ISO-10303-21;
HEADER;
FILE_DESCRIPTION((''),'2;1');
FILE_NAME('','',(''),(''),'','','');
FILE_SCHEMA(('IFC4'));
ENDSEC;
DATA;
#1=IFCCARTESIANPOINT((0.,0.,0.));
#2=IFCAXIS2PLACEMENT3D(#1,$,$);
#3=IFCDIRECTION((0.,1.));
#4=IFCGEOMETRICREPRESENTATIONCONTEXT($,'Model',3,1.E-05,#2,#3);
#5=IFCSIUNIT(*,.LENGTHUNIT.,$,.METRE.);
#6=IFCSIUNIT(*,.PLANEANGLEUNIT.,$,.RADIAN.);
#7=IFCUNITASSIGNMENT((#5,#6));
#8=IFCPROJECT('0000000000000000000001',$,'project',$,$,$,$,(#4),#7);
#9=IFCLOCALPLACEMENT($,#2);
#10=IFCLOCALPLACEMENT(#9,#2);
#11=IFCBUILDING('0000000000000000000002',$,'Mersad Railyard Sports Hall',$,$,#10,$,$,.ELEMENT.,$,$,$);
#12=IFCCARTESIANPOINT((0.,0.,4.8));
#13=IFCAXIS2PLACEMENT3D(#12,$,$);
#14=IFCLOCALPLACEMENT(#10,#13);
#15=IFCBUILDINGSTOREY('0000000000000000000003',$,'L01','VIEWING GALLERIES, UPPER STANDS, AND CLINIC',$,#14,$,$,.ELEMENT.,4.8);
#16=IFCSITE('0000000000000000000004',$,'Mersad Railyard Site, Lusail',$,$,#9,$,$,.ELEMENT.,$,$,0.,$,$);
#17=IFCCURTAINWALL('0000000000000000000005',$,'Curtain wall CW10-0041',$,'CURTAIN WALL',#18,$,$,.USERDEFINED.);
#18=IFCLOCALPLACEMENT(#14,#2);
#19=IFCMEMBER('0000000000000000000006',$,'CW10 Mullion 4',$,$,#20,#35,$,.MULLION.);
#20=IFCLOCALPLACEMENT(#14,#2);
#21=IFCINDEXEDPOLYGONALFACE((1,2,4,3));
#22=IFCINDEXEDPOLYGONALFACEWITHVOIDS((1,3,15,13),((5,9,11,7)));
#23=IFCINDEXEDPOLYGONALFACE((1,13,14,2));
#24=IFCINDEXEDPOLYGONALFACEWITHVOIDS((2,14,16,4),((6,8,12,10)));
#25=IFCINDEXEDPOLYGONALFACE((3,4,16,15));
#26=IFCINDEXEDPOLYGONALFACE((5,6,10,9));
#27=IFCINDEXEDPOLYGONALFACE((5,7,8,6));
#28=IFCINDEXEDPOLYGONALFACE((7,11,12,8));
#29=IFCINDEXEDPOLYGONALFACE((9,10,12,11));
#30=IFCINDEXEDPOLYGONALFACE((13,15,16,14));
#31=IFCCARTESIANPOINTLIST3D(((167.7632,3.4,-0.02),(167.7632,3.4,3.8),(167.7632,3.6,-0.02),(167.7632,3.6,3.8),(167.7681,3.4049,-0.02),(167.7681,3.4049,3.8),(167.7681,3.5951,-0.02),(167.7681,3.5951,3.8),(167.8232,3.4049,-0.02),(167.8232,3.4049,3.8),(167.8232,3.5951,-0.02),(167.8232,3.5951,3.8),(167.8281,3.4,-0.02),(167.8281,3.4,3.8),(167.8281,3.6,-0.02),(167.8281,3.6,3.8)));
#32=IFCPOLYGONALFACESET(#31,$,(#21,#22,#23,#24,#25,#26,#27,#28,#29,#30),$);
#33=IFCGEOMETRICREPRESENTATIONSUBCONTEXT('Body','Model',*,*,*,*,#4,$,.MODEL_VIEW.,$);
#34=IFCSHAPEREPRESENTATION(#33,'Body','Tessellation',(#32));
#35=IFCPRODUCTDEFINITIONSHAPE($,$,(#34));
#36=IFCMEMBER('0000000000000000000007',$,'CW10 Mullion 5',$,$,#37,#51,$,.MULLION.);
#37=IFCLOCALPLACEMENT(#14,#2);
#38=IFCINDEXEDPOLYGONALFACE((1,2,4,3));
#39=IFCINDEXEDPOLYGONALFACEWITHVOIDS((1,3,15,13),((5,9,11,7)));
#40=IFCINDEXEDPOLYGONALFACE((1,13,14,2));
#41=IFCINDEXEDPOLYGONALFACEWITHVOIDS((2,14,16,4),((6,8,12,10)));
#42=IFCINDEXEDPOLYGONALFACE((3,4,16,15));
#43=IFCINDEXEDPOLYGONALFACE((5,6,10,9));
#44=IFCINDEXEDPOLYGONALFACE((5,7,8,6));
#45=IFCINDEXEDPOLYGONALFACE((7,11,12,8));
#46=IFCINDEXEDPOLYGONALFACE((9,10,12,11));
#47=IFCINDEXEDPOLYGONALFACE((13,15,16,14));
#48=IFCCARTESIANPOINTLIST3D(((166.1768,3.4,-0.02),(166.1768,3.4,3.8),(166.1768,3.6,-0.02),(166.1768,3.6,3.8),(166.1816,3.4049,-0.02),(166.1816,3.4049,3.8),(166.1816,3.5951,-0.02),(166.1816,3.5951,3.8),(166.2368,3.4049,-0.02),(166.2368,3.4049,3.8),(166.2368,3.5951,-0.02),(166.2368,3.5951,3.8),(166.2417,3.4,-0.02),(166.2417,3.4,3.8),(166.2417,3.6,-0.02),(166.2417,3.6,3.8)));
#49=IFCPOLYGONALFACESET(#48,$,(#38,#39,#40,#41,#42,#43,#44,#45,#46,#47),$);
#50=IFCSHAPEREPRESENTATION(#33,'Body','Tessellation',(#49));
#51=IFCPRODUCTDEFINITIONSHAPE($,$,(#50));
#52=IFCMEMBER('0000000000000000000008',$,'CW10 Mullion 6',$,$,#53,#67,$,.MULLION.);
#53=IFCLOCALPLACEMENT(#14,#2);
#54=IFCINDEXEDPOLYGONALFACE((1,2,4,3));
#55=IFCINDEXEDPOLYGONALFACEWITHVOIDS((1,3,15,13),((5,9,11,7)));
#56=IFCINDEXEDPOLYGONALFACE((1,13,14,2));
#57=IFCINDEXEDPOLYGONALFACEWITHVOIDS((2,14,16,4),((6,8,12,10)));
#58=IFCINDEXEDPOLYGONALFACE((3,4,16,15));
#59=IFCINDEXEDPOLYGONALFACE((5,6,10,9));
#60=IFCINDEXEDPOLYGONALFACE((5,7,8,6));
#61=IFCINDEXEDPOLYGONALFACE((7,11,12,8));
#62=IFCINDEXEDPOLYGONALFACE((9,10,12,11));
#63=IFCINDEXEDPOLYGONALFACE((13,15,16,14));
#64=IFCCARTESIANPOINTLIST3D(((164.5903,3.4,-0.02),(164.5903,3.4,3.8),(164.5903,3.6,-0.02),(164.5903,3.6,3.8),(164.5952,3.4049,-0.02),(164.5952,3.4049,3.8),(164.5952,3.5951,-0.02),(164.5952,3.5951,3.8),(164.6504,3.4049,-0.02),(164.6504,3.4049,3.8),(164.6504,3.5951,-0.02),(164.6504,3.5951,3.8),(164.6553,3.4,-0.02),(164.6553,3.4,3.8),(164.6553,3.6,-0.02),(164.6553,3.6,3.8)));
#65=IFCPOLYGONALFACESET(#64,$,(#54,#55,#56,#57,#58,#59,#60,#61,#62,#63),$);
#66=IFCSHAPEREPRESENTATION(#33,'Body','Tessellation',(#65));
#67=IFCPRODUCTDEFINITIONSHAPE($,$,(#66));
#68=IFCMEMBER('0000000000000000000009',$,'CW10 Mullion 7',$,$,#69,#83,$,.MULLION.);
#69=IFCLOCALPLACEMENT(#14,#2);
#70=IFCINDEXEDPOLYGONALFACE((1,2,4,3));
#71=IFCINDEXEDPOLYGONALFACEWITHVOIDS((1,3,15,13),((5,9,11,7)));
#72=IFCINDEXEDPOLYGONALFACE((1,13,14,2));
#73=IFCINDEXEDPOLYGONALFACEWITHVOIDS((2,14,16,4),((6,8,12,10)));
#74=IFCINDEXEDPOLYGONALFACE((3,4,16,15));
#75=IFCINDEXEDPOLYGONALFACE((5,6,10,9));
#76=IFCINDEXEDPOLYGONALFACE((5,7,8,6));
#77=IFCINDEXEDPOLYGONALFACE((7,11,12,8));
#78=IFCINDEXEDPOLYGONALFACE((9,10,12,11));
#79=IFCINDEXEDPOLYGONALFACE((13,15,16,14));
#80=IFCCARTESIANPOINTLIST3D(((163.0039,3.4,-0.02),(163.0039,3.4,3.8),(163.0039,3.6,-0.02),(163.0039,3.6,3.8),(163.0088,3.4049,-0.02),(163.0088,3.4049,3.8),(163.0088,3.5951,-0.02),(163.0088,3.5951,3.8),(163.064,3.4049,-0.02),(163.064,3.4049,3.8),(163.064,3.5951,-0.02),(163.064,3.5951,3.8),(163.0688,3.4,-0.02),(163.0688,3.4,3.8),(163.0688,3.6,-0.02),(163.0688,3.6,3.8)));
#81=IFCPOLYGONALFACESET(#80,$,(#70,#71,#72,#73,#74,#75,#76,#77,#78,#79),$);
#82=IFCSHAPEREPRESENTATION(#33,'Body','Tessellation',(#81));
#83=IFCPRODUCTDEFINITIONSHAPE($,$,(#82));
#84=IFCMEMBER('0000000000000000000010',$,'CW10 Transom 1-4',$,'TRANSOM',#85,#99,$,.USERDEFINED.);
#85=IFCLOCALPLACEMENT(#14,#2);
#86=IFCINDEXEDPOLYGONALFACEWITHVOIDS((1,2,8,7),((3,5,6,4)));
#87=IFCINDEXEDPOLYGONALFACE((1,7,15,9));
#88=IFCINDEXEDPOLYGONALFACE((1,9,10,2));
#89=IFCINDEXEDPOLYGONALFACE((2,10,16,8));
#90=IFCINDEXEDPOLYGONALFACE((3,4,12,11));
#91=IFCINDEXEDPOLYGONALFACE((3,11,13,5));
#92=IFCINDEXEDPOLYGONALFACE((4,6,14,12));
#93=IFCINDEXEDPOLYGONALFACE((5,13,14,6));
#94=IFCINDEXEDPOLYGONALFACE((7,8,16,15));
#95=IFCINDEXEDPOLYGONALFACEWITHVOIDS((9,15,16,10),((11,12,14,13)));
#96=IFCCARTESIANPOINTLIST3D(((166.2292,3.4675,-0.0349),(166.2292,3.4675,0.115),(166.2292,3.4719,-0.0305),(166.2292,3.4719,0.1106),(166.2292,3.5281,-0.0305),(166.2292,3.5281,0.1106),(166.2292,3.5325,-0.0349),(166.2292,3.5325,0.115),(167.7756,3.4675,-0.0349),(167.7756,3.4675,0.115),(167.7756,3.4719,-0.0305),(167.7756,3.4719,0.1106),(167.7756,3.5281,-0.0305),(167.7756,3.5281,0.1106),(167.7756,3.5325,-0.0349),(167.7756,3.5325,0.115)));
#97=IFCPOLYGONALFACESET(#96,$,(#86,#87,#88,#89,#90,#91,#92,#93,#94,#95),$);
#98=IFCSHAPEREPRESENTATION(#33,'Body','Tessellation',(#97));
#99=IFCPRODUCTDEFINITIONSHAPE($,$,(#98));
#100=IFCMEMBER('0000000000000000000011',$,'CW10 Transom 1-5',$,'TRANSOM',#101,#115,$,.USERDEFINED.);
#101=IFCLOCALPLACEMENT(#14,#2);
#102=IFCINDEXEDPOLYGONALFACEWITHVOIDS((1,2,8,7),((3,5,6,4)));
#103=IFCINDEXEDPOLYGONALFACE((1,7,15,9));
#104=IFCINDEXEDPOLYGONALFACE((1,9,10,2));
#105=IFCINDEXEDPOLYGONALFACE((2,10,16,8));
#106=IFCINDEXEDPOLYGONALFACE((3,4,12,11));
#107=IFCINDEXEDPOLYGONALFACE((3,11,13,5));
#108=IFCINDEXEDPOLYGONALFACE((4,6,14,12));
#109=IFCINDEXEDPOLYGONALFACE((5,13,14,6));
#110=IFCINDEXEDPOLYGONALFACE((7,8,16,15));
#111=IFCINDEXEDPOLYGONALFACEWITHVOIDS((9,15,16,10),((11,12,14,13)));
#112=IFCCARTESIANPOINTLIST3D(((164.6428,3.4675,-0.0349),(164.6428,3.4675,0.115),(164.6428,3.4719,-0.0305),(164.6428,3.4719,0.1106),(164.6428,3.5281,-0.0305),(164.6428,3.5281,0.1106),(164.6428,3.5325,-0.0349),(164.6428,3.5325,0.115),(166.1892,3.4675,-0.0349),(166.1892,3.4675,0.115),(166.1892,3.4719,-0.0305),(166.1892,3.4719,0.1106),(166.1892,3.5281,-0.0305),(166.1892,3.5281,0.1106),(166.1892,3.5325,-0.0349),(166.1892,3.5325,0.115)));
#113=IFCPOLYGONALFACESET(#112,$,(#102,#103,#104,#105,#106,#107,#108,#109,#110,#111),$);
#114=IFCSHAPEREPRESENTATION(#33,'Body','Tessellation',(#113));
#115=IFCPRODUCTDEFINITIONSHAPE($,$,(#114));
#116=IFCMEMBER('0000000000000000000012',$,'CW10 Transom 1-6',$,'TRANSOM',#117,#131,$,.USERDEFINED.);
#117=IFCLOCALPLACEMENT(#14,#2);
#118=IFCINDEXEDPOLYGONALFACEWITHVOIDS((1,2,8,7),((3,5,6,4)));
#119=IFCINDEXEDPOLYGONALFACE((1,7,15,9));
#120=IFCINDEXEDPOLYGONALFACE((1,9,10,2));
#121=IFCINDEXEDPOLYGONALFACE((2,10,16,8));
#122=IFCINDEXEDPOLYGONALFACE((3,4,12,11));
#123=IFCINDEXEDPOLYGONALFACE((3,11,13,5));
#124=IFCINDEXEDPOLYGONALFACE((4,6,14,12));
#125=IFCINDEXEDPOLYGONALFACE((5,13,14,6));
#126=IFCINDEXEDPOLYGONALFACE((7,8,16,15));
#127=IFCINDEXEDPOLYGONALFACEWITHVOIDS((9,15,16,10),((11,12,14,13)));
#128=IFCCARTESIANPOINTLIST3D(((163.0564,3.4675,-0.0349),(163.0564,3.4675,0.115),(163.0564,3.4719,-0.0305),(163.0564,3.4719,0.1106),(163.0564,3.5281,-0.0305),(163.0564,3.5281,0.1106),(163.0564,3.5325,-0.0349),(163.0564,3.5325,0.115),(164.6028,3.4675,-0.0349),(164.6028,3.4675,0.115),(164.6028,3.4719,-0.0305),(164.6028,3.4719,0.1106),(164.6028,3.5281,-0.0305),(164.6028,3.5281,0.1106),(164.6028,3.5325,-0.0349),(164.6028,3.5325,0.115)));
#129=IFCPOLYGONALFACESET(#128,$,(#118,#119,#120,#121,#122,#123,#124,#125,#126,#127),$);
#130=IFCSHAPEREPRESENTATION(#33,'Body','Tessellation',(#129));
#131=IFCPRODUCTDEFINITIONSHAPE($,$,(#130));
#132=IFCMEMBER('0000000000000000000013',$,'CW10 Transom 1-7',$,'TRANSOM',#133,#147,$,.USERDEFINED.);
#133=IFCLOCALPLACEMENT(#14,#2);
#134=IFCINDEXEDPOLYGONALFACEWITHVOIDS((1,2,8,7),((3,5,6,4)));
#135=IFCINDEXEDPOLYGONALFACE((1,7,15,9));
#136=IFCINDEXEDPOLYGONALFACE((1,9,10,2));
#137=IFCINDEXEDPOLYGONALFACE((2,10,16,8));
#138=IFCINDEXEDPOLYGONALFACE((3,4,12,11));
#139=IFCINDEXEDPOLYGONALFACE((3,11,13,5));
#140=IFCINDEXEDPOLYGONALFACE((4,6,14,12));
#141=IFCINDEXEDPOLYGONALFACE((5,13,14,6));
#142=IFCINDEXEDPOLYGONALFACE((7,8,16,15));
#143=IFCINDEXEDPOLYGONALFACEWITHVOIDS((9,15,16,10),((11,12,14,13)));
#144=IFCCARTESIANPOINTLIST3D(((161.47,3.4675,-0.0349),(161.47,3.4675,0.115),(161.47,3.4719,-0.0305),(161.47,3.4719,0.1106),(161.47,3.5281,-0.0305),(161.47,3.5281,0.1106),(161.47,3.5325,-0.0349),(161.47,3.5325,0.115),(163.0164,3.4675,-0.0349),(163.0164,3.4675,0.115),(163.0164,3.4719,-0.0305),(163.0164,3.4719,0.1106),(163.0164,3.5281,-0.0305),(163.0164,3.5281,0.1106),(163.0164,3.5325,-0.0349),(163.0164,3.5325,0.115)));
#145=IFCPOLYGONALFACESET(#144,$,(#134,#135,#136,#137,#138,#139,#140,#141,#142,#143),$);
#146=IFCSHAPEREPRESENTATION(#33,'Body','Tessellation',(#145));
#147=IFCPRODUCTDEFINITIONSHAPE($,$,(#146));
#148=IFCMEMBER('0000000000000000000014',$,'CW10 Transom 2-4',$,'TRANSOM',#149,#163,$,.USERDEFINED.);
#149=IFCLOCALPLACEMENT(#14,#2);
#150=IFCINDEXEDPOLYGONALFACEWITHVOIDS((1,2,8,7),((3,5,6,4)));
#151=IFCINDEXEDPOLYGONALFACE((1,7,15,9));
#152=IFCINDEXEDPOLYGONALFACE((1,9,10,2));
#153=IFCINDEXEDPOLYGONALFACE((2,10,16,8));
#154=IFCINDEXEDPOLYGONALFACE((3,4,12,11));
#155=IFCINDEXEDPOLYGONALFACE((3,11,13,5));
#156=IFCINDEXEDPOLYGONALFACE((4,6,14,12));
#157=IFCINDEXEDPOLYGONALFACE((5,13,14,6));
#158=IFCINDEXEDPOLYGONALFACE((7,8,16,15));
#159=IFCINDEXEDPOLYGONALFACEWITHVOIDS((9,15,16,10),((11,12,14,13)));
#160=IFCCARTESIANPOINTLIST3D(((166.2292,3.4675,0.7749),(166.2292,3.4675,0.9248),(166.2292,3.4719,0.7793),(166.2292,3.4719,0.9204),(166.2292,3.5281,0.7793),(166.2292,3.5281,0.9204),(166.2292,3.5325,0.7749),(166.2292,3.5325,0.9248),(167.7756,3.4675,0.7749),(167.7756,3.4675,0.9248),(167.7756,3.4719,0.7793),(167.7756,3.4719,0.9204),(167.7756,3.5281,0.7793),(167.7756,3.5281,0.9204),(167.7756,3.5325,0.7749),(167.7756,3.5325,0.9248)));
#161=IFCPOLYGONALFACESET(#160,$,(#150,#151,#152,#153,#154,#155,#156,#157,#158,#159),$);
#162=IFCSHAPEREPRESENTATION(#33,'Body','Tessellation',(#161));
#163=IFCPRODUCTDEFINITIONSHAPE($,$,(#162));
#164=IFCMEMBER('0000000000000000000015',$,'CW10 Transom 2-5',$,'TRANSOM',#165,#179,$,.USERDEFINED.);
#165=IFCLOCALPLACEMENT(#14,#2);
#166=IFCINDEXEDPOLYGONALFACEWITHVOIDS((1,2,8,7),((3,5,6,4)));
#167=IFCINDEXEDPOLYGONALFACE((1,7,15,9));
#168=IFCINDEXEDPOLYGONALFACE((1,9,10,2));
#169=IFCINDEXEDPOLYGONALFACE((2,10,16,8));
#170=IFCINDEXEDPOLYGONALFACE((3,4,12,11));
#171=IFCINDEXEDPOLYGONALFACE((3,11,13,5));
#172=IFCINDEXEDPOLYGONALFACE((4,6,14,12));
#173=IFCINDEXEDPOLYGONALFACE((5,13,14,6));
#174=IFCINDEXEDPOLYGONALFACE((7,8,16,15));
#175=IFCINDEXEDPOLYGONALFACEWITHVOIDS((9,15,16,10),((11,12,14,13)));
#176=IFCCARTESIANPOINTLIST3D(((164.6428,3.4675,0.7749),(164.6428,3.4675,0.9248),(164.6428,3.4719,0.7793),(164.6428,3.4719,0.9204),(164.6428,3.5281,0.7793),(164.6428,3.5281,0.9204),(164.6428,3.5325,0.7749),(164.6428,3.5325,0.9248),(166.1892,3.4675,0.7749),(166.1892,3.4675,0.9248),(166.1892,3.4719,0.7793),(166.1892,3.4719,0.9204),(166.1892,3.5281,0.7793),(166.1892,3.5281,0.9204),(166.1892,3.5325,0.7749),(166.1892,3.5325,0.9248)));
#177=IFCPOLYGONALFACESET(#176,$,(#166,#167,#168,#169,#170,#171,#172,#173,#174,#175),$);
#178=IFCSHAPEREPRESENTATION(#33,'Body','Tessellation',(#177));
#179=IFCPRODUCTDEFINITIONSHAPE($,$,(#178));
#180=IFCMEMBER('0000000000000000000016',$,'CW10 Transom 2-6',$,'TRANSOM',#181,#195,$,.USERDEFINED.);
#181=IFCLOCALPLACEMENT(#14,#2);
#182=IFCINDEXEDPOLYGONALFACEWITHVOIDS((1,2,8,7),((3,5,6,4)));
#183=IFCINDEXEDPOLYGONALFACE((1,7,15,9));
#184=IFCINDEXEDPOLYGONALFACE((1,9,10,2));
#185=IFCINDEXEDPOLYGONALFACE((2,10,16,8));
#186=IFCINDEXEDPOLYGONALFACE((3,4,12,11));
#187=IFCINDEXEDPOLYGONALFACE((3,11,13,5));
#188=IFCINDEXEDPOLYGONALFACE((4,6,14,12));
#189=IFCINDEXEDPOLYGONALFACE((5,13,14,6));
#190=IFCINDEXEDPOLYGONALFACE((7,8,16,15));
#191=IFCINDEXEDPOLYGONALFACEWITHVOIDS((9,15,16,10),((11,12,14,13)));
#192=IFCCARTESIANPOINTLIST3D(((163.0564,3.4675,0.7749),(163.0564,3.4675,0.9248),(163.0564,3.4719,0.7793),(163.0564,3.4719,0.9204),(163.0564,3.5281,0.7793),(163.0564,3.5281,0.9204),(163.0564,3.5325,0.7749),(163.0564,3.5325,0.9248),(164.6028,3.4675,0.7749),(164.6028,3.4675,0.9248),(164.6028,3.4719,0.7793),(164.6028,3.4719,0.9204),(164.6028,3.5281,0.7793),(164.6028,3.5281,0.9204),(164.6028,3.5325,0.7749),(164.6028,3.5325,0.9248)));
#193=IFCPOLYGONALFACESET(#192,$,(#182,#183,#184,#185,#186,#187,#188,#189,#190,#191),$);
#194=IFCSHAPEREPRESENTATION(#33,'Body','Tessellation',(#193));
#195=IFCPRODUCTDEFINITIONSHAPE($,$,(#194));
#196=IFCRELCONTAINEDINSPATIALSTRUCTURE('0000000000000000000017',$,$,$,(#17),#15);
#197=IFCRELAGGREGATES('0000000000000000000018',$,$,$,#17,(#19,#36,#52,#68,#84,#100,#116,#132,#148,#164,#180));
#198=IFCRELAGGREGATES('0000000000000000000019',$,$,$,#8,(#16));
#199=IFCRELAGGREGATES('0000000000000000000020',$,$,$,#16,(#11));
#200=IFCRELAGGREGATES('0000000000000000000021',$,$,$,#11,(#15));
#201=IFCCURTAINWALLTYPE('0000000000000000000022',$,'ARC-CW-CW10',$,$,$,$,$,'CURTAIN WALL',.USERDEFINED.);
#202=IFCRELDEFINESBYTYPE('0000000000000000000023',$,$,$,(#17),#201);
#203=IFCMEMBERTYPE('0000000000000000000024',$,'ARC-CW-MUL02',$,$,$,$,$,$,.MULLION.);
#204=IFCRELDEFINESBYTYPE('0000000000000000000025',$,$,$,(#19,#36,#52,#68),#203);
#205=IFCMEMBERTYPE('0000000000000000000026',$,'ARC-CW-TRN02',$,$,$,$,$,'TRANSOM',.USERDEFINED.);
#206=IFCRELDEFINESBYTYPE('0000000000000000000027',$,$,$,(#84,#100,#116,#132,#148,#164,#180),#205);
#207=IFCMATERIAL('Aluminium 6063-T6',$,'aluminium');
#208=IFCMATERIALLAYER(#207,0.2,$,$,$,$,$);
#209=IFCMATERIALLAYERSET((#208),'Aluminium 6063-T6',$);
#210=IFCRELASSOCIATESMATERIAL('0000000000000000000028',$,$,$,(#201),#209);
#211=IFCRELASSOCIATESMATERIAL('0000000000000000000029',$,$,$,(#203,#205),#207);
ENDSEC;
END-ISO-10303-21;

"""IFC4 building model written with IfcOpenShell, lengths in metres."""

from ifc_helpers import new_model, si_unit, direction, frame, origin, origin_2d, place, context, subcontext, project, spatial, hollow_rectangle, extrude, material, layer, layer_set, material_profile, profile_set, type_object, element, aggregate, save


model = new_model("IFC4")

# Units and contexts
model_context = context("Model", 3, precision=1e-05, world=origin(), true_north=direction((0.0, 1.0)))
body_context = subcontext(model_context, "Body", "Model", "MODEL_VIEW")
ifc_project = project(units=[si_unit("LENGTHUNIT", "METRE"), si_unit("PLANEANGLEUNIT", "RADIAN")], contexts=[model_context])

# Site, building, storey
site_placement = place(None, origin())
site = spatial("IfcSite", under=ifc_project, at=site_placement, Name="Mersad Railyard Site, Lusail", CompositionType="ELEMENT", RefElevation=0.0)
building_placement = place(site_placement, origin())
building = spatial("IfcBuilding", under=site, at=building_placement, Name="Mersad Railyard Sports Hall", CompositionType="ELEMENT")
storey_placement = place(building_placement, frame((0.0, 0.0, 4.8)))
storey = spatial("IfcBuildingStorey", under=building, at=storey_placement, Name="L01", Description="VIEWING GALLERIES, UPPER STANDS, AND CLINIC", CompositionType="ELEMENT", Elevation=4.8)

# Curtain wall, members
ifc_material_1 = material(Name="Aluminium 6063-T6", Category="aluminium")
ifc_layer_1 = layer(ifc_material_1, 0.2)
ifc_layer_set_1 = layer_set([ifc_layer_1], Name="Aluminium 6063-T6")
curtain_wall_type = type_object("IfcCurtainWallType", Name="ARC-CW-CW10", ElementType="CURTAIN WALL", PredefinedType="USERDEFINED", material=ifc_layer_set_1)
curtain_wall_placement = place(storey_placement, origin())
curtain_wall = element("IfcCurtainWall", 1, at=curtain_wall_placement, inside=storey, type_object=curtain_wall_type, Name="Curtain wall CW10-0041", ObjectType="CURTAIN WALL", PredefinedType="USERDEFINED")
ifc_material_profile_1 = material_profile(ifc_material_1, hollow_rectangle(XDim=0.0649, YDim=0.2, WallThickness=0.0049, at=origin_2d()), Name="AL MULLION 65x200x5")
ifc_profile_set_1 = profile_set([ifc_material_profile_1], Name="Aluminium 6063-T6")
member_type_1 = type_object("IfcMemberType", Name="ARC-CW-MUL02", PredefinedType="MULLION", material=ifc_profile_set_1)
member_1_placement = place(storey_placement, frame((167.7957, 3.5, -0.02), z_axis=(0.0, 0.0, 1.0), x_axis=(1.0, 0.0, 0.0)))
member_1 = element("IfcMember", 2, at=member_1_placement, type_object=member_type_1, Name="CW10 Mullion 4", PredefinedType="MULLION", context=body_context, shape_type="SweptSolid", body=[
    extrude(hollow_rectangle(XDim=0.0649, YDim=0.2, WallThickness=0.0049, at=origin_2d()), origin(), (0.0, 0.0, 1.0), 3.8201),
])
member_2_placement = place(storey_placement, frame((166.2092, 3.5, -0.02), z_axis=(0.0, 0.0, 1.0), x_axis=(1.0, 0.0, 0.0)))
member_2 = element("IfcMember", 3, at=member_2_placement, type_object=member_type_1, Name="CW10 Mullion 5", PredefinedType="MULLION", context=body_context, shape_type="SweptSolid", body=[
    extrude(hollow_rectangle(XDim=0.0649, YDim=0.2, WallThickness=0.0049, at=origin_2d()), origin(), (0.0, 0.0, 1.0), 3.8201),
])
member_3_placement = place(storey_placement, frame((164.6228, 3.5, -0.02), z_axis=(0.0, 0.0, 1.0), x_axis=(1.0, 0.0, 0.0)))
member_3 = element("IfcMember", 4, at=member_3_placement, type_object=member_type_1, Name="CW10 Mullion 6", PredefinedType="MULLION", context=body_context, shape_type="SweptSolid", body=[
    extrude(hollow_rectangle(XDim=0.0649, YDim=0.2, WallThickness=0.0049, at=origin_2d()), origin(), (0.0, 0.0, 1.0), 3.8201),
])
member_4_placement = place(storey_placement, frame((163.0364, 3.5, -0.02), z_axis=(0.0, 0.0, 1.0), x_axis=(1.0, 0.0, 0.0)))
member_4 = element("IfcMember", 5, at=member_4_placement, type_object=member_type_1, Name="CW10 Mullion 7", PredefinedType="MULLION", context=body_context, shape_type="SweptSolid", body=[
    extrude(hollow_rectangle(XDim=0.0649, YDim=0.2, WallThickness=0.0049, at=origin_2d()), origin(), (0.0, 0.0, 1.0), 3.8201),
])
ifc_material_profile_2 = material_profile(ifc_material_1, hollow_rectangle(XDim=0.0649, YDim=0.1499, WallThickness=0.0044, at=origin_2d()), Name="AL TRANSOM 65x150x4.5")
ifc_profile_set_2 = profile_set([ifc_material_profile_2], Name="Aluminium 6063-T6")
member_type_2 = type_object("IfcMemberType", Name="ARC-CW-TRN02", ElementType="TRANSOM", PredefinedType="USERDEFINED", material=ifc_profile_set_2)
member_5_placement = place(storey_placement, frame((167.7756, 3.5, 0.04), z_axis=(-1.0, 0.0, 0.0), x_axis=(0.0, -1.0, 0.0)))
member_5 = element("IfcMember", 6, at=member_5_placement, type_object=member_type_2, Name="CW10 Transom 1-4", ObjectType="TRANSOM", PredefinedType="USERDEFINED", context=body_context, shape_type="SweptSolid", body=[
    extrude(hollow_rectangle(XDim=0.0649, YDim=0.1499, WallThickness=0.0044, at=origin_2d()), origin(), (0.0, 0.0, 1.0), 1.5464),
])
member_6_placement = place(storey_placement, frame((166.1892, 3.5, 0.04), z_axis=(-1.0, 0.0, 0.0), x_axis=(0.0, -1.0, 0.0)))
member_6 = element("IfcMember", 7, at=member_6_placement, type_object=member_type_2, Name="CW10 Transom 1-5", ObjectType="TRANSOM", PredefinedType="USERDEFINED", context=body_context, shape_type="SweptSolid", body=[
    extrude(hollow_rectangle(XDim=0.0649, YDim=0.1499, WallThickness=0.0044, at=origin_2d()), origin(), (0.0, 0.0, 1.0), 1.5464),
])
member_7_placement = place(storey_placement, frame((164.6028, 3.5, 0.04), z_axis=(-1.0, 0.0, 0.0), x_axis=(0.0, -1.0, 0.0)))
member_7 = element("IfcMember", 8, at=member_7_placement, type_object=member_type_2, Name="CW10 Transom 1-6", ObjectType="TRANSOM", PredefinedType="USERDEFINED", context=body_context, shape_type="SweptSolid", body=[
    extrude(hollow_rectangle(XDim=0.0649, YDim=0.1499, WallThickness=0.0044, at=origin_2d()), origin(), (0.0, 0.0, 1.0), 1.5464),
])
member_8_placement = place(storey_placement, frame((163.0164, 3.5, 0.04), z_axis=(-1.0, 0.0, 0.0), x_axis=(0.0, -1.0, 0.0)))
member_8 = element("IfcMember", 9, at=member_8_placement, type_object=member_type_2, Name="CW10 Transom 1-7", ObjectType="TRANSOM", PredefinedType="USERDEFINED", context=body_context, shape_type="SweptSolid", body=[
    extrude(hollow_rectangle(XDim=0.0649, YDim=0.1499, WallThickness=0.0044, at=origin_2d()), origin(), (0.0, 0.0, 1.0), 1.5464),
])
member_9_placement = place(storey_placement, frame((167.7756, 3.5, 0.8499), z_axis=(-1.0, 0.0, 0.0), x_axis=(0.0, -1.0, 0.0)))
member_9 = element("IfcMember", 10, at=member_9_placement, type_object=member_type_2, Name="CW10 Transom 2-4", ObjectType="TRANSOM", PredefinedType="USERDEFINED", context=body_context, shape_type="SweptSolid", body=[
    extrude(hollow_rectangle(XDim=0.0649, YDim=0.1499, WallThickness=0.0044, at=origin_2d()), origin(), (0.0, 0.0, 1.0), 1.5464),
])
member_10_placement = place(storey_placement, frame((166.1892, 3.5, 0.8499), z_axis=(-1.0, 0.0, 0.0), x_axis=(0.0, -1.0, 0.0)))
member_10 = element("IfcMember", 11, at=member_10_placement, type_object=member_type_2, Name="CW10 Transom 2-5", ObjectType="TRANSOM", PredefinedType="USERDEFINED", context=body_context, shape_type="SweptSolid", body=[
    extrude(hollow_rectangle(XDim=0.0649, YDim=0.1499, WallThickness=0.0044, at=origin_2d()), origin(), (0.0, 0.0, 1.0), 1.5464),
])
member_11_placement = place(storey_placement, frame((164.6028, 3.5, 0.8499), z_axis=(-1.0, 0.0, 0.0), x_axis=(0.0, -1.0, 0.0)))
member_11 = element("IfcMember", 12, at=member_11_placement, type_object=member_type_2, Name="CW10 Transom 2-6", ObjectType="TRANSOM", PredefinedType="USERDEFINED", context=body_context, shape_type="SweptSolid", body=[
    extrude(hollow_rectangle(XDim=0.0649, YDim=0.1499, WallThickness=0.0044, at=origin_2d()), origin(), (0.0, 0.0, 1.0), 1.5464),
])
aggregate(curtain_wall, [member_1, member_2, member_3, member_4, member_5, member_6, member_7, member_8, member_9, member_10, member_11])

save(model, "model.ifc")
